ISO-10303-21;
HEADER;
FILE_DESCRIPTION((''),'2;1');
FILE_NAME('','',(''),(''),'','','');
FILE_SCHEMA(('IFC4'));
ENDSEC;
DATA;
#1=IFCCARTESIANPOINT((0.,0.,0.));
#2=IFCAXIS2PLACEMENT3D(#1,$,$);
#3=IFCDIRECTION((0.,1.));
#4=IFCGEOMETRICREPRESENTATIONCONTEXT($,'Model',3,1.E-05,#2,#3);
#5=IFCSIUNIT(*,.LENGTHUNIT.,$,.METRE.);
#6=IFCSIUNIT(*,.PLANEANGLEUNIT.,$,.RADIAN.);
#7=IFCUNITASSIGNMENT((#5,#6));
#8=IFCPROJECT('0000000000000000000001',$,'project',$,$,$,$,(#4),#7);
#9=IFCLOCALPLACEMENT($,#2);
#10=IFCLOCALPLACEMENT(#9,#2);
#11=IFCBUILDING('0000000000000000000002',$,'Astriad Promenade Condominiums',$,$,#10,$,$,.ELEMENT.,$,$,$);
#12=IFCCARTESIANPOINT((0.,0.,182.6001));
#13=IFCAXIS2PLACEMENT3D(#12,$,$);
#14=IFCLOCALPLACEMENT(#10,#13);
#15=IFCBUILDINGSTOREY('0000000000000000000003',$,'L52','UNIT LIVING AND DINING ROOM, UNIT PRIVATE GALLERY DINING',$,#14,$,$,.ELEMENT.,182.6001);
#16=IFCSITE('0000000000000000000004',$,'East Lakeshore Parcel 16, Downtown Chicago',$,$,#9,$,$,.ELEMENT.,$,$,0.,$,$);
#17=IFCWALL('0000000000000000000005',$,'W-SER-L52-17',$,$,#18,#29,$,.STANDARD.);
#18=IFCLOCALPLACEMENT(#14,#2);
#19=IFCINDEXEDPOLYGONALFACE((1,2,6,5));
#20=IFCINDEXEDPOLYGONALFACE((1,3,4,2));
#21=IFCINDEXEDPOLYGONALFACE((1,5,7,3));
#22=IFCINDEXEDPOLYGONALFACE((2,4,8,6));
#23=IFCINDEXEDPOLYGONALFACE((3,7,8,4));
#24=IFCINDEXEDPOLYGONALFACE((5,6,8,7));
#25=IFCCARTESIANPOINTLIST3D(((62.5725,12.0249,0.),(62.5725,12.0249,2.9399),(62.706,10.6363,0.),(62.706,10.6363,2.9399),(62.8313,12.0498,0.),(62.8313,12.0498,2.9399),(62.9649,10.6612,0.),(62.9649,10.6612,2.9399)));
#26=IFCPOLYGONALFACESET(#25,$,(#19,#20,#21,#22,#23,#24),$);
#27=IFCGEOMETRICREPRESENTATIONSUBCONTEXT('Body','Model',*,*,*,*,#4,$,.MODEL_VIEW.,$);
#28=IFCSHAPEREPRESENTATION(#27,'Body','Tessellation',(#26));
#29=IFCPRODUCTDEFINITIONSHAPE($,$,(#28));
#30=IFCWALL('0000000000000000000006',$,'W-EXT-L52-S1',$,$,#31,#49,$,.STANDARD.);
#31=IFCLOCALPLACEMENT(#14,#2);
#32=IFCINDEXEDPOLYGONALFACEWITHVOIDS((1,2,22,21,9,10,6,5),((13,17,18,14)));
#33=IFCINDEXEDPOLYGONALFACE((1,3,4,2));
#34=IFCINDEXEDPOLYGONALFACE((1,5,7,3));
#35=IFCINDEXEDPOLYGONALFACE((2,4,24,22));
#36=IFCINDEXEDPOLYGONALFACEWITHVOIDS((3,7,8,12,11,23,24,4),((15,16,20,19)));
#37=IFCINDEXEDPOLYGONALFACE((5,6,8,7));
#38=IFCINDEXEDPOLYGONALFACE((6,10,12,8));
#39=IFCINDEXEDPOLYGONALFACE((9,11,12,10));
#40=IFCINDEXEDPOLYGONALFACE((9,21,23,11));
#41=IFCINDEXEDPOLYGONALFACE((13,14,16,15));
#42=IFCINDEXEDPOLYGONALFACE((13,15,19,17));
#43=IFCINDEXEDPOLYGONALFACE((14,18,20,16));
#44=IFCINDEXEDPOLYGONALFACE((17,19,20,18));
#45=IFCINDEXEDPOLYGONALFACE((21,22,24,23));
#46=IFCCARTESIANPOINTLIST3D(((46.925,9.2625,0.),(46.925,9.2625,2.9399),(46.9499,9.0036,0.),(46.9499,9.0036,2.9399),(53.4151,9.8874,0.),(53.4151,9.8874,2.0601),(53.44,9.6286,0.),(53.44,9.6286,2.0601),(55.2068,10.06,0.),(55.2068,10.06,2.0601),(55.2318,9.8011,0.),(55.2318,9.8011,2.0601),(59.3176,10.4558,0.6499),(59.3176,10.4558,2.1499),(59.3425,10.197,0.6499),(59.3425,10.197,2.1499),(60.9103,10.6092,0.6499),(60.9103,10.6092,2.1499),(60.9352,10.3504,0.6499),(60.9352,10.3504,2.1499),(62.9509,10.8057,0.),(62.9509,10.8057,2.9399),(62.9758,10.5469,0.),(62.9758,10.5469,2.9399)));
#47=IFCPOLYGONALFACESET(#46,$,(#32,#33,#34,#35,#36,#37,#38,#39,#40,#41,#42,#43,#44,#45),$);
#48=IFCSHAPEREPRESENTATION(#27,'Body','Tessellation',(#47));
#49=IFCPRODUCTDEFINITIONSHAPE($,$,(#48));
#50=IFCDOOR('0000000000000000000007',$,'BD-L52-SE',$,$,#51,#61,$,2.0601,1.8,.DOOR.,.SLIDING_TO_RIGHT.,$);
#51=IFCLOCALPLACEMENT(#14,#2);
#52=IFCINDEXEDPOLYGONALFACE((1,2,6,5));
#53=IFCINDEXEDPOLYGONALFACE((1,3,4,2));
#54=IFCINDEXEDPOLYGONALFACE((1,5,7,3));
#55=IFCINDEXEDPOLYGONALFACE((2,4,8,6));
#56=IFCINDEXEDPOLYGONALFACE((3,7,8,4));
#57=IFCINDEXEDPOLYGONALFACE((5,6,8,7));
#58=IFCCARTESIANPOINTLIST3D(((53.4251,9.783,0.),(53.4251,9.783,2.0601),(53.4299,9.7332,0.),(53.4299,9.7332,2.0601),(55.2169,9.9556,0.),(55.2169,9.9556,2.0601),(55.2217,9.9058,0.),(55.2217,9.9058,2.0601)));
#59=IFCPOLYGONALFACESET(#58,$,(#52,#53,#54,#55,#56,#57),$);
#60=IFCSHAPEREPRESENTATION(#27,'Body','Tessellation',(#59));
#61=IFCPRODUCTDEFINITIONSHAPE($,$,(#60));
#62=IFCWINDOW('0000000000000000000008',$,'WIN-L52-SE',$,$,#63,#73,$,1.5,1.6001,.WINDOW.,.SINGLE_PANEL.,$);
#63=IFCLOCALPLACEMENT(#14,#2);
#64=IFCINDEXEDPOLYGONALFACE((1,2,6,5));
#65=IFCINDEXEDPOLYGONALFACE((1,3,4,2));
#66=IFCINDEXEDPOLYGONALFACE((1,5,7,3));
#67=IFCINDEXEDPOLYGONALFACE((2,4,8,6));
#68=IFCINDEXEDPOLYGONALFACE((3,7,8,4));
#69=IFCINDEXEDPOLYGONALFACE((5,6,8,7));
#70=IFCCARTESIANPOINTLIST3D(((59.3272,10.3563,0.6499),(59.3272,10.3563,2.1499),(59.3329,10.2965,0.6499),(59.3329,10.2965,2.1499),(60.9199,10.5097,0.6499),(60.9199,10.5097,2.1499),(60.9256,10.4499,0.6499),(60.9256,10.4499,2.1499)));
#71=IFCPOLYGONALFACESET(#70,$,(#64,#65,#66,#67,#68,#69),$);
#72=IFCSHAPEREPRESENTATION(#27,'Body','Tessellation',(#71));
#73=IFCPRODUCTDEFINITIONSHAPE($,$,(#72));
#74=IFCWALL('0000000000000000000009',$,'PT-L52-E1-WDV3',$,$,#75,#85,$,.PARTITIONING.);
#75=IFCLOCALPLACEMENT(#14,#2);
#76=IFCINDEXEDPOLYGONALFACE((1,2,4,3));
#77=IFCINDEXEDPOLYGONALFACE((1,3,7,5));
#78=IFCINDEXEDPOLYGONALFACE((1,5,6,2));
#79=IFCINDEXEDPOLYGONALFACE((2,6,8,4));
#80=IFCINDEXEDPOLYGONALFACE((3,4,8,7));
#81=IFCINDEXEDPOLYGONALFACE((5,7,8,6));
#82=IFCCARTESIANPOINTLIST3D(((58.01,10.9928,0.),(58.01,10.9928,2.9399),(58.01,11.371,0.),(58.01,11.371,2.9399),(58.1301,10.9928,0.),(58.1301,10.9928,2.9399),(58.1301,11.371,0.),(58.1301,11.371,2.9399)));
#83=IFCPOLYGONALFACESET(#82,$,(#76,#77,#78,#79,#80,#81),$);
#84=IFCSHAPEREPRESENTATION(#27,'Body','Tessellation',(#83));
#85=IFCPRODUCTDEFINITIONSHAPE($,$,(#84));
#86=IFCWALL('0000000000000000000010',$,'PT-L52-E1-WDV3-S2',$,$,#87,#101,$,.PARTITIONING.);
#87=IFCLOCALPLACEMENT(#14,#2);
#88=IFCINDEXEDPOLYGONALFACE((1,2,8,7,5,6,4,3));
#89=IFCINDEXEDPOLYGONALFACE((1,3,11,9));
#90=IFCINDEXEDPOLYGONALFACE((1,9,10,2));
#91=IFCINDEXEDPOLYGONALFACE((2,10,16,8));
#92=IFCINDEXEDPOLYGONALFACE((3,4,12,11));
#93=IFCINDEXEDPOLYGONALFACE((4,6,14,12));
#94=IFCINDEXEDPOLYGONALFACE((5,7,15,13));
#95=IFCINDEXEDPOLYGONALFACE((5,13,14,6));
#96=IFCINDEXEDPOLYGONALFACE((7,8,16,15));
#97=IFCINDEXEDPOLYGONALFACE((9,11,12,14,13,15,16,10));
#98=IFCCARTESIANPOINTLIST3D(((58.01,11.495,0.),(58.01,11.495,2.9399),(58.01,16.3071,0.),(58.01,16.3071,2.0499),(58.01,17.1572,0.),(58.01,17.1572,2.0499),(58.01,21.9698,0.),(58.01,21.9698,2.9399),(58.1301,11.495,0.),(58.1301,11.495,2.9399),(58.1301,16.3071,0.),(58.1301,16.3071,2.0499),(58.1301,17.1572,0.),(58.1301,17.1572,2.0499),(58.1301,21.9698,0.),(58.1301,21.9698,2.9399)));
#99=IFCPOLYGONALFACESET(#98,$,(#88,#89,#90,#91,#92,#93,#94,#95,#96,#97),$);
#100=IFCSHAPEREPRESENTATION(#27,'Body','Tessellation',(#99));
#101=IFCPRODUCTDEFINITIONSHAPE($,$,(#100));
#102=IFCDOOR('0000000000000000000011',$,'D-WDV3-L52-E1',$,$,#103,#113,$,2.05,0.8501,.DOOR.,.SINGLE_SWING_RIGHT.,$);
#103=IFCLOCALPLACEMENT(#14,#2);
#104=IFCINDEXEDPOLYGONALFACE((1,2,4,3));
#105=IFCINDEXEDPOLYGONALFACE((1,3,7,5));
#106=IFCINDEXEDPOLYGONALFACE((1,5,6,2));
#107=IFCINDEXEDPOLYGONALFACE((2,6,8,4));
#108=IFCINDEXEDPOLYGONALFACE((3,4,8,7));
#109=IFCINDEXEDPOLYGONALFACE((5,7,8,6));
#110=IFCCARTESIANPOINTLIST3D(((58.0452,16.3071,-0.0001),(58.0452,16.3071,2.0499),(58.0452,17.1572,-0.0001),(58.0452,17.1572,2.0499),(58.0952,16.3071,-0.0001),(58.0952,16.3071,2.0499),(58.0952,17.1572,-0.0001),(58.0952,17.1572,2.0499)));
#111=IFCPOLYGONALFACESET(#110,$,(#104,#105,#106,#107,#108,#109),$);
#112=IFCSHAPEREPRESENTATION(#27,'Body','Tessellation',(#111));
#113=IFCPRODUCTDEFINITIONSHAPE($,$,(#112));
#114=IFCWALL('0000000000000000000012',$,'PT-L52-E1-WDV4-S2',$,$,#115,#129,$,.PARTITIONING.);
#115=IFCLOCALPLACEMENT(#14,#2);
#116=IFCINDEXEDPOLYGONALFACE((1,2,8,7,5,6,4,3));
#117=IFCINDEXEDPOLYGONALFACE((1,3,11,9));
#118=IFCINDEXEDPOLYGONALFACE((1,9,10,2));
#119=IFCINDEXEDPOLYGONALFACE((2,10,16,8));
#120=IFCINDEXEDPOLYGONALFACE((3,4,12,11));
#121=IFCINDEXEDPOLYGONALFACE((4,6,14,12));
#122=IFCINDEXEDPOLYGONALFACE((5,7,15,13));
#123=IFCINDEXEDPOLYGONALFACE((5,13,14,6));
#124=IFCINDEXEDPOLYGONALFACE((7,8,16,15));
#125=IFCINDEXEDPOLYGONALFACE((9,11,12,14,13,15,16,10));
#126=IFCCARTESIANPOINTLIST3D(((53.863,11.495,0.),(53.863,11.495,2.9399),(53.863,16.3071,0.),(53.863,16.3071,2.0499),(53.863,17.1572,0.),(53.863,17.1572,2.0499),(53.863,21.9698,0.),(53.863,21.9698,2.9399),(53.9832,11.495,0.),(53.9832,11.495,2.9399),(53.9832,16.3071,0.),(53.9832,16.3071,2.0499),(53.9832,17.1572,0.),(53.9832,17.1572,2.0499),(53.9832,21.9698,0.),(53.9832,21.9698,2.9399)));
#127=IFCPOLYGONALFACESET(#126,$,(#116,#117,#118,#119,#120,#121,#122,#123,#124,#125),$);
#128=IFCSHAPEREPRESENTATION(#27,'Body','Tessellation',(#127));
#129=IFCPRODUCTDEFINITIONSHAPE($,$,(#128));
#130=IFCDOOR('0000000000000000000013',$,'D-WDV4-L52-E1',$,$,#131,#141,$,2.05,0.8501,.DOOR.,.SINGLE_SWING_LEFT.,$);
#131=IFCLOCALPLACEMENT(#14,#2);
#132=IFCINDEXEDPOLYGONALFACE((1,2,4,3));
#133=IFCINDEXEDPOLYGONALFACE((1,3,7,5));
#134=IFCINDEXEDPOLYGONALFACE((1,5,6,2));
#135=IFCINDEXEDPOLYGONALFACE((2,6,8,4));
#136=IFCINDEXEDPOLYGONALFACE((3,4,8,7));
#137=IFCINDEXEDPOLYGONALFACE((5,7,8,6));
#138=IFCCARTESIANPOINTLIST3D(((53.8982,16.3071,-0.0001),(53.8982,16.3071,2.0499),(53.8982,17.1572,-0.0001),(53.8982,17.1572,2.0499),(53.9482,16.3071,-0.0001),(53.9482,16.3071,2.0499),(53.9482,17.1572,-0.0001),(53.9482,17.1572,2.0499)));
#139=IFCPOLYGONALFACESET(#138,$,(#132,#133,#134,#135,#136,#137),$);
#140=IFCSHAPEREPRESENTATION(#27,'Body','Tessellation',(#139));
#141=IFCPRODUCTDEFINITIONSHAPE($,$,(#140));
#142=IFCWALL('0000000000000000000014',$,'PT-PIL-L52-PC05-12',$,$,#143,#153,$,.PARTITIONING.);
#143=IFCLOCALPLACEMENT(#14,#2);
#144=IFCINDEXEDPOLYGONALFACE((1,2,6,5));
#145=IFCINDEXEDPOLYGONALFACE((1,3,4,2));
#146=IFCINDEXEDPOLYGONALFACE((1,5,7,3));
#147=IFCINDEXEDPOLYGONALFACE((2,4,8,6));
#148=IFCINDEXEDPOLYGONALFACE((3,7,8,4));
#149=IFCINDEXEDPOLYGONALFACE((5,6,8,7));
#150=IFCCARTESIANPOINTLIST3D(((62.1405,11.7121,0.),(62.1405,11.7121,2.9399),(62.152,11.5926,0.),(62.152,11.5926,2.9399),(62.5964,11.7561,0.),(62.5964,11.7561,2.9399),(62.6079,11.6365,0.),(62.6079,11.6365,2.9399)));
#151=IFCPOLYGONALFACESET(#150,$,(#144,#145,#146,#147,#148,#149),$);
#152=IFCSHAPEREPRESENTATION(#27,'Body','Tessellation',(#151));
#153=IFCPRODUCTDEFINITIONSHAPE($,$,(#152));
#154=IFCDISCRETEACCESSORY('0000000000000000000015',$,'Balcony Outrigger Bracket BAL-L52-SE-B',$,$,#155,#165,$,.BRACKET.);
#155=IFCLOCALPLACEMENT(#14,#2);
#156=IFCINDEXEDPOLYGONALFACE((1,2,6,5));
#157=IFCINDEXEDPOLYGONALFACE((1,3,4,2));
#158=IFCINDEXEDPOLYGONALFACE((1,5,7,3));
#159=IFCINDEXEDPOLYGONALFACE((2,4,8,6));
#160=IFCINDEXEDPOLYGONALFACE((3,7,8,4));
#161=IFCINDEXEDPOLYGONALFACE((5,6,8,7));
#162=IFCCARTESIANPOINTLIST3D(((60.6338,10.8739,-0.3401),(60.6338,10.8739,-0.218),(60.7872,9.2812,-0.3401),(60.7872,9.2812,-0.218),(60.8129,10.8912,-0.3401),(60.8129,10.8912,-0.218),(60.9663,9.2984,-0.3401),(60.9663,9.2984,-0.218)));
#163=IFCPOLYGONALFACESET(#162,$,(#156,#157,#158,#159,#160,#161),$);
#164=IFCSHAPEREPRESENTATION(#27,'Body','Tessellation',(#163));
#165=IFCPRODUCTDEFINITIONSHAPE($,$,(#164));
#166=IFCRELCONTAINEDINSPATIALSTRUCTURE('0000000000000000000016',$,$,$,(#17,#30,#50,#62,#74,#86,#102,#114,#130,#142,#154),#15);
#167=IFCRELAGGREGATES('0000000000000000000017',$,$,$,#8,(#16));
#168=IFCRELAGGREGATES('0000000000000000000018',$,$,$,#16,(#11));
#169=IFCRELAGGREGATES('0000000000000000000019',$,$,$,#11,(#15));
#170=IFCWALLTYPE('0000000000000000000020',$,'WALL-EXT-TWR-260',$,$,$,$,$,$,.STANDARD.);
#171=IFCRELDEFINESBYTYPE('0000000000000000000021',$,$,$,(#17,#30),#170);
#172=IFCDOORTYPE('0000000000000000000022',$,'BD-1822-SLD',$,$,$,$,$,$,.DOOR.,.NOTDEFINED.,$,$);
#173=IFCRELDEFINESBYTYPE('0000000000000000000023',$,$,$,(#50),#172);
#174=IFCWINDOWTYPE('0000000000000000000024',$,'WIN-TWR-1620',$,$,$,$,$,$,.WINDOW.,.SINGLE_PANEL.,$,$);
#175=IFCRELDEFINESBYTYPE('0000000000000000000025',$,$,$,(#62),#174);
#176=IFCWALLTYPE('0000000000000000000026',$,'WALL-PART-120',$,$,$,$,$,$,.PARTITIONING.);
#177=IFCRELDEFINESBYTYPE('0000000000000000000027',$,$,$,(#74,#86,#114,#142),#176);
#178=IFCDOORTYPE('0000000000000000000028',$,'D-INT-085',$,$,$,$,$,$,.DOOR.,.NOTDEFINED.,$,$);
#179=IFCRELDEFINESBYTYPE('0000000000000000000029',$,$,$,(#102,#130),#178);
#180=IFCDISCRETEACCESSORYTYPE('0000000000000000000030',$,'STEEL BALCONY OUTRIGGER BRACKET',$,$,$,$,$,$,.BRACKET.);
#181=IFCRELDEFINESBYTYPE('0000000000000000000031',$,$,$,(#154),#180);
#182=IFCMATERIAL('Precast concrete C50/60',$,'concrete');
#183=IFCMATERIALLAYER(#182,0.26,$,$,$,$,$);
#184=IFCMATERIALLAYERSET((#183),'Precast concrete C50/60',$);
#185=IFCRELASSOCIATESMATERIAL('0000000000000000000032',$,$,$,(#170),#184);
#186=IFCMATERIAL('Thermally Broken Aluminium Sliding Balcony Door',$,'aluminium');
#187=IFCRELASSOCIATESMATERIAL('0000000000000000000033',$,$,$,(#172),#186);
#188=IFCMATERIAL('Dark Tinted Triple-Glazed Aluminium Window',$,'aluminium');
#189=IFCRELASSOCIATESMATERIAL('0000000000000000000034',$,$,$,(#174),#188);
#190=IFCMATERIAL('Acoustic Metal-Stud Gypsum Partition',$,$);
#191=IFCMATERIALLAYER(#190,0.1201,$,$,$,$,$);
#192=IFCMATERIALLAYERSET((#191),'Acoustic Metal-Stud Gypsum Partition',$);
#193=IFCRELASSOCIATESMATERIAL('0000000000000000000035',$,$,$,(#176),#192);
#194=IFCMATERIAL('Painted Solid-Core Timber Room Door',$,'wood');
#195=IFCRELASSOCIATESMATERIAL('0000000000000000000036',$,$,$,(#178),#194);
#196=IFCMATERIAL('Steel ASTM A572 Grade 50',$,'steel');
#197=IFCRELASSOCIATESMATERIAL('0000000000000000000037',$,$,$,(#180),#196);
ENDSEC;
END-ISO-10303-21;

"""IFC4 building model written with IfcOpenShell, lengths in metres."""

from ifc_helpers import new_model, si_unit, direction, frame, frame_2d, origin, origin_2d, place, context, subcontext, project, spatial, rectangle, extrude, source, transform, mapped, material, layer, layer_set, type_object, type_shapes, element, fill, save


model = new_model("IFC4")

# Units and contexts
model_context = context("Model", 3, precision=1e-05, world=origin(), true_north=direction((0.0, 1.0)))
body_context = subcontext(model_context, "Body", "Model", "MODEL_VIEW")
ifc_project = project(units=[si_unit("LENGTHUNIT", "METRE"), si_unit("PLANEANGLEUNIT", "RADIAN")], contexts=[model_context])

# Site, building, storey
site_placement = place(None, origin())
site = spatial("IfcSite", under=ifc_project, at=site_placement, Name="East Lakeshore Parcel 16, Downtown Chicago", CompositionType="ELEMENT", RefElevation=0.0)
building_placement = place(site_placement, origin())
building = spatial("IfcBuilding", under=site, at=building_placement, Name="Astriad Promenade Condominiums", CompositionType="ELEMENT")
storey_placement = place(building_placement, frame((0.0, 0.0, 182.6001)))
storey = spatial("IfcBuildingStorey", under=building, at=storey_placement, Name="L52", Description="UNIT LIVING AND DINING ROOM, UNIT PRIVATE GALLERY DINING", CompositionType="ELEMENT", Elevation=182.6001)

# Wall
ifc_material_1 = material(Name="Precast concrete C50/60", Category="concrete")
ifc_layer_1 = layer(ifc_material_1, 0.26)
ifc_layer_set_1 = layer_set([ifc_layer_1], Name="Precast concrete C50/60")
wall_type_1 = type_object("IfcWallType", Name="WALL-EXT-TWR-260", PredefinedType="STANDARD", material=ifc_layer_set_1)
for number, where, z_axis, x_axis, name in (
    (1, (62.7019, 12.0374, 0.0), (0.0, 0.0, 1.0), (0.095726, -0.995408, 0.0), "W-SER-L52-17"),
):
    element("IfcWall", number, at=place(storey_placement, frame(where, z_axis=z_axis, x_axis=x_axis)), inside=storey, type_object=wall_type_1, Name=name, PredefinedType="STANDARD", context=body_context, shape_type="SweptSolid", body=[
        extrude(rectangle(XDim=1.395, YDim=0.26, at=frame_2d((0.6975, 0.0))), origin(), (0.0, 0.0, 1.0), 2.9399),
    ])

# Wall, openings, door, window
wall_1_placement = place(storey_placement, frame((62.9634, 10.6763, 0.0), z_axis=(0.0, 0.0, 1.0), x_axis=(-0.995396, -0.095852, 0.0)))
wall_1 = element("IfcWall", 2, at=wall_1_placement, inside=storey, type_object=wall_type_1, Name="W-EXT-L52-S1", PredefinedType="STANDARD", context=body_context, shape_type="SweptSolid", body=[
    extrude(rectangle(XDim=16.1001, YDim=0.26, at=frame_2d((8.05, 0.0))), origin(), (0.0, 0.0, 1.0), 2.9399),
])
opening_1_placement = place(wall_1_placement, frame((7.78, 0.0, 0.0)))
opening_1 = element("IfcOpeningElement", 3, at=opening_1_placement, cuts=wall_1, PredefinedType="OPENING", context=body_context, shape_type="SweptSolid", body=[
    extrude(rectangle(XDim=1.8, YDim=2.0601, at=frame_2d((0.8999, 1.03))), frame((0.0, 0.1399, 0.0), z_axis=(0.0, -1.0, 0.0), x_axis=(1.0, 0.0, 0.0)), (0.0, 0.0, 1.0), 0.28),
])
opening_2_placement = place(wall_1_placement, frame((2.05, 0.0, 0.6499)))
opening_2 = element("IfcOpeningElement", 4, at=opening_2_placement, cuts=wall_1, PredefinedType="OPENING", context=body_context, shape_type="SweptSolid", body=[
    extrude(rectangle(XDim=1.6001, YDim=1.5, at=frame_2d((0.8, 0.75))), frame((0.0, 0.1399, 0.0), z_axis=(0.0, -1.0, 0.0), x_axis=(1.0, 0.0, 0.0)), (0.0, 0.0, 1.0), 0.28),
])
ifc_material_2 = material(Name="Thermally Broken Aluminium Sliding Balcony Door", Category="aluminium")
door_type_1 = type_object("IfcDoorType", Name="BD-1822-SLD", OperationType="NOTDEFINED", PredefinedType="DOOR", material=ifc_material_2)
shared_shape_1 = source(origin(), body_context, "Body", "SweptSolid", [
    extrude(rectangle(XDim=1.8, YDim=2.0601, at=frame_2d((0.8999, 1.03))), frame((0.0, 0.0249, 0.0), z_axis=(0.0, -1.0, 0.0), x_axis=(1.0, 0.0, 0.0)), (0.0, 0.0, 1.0), 0.05),
])
type_shapes(door_type_1, [shared_shape_1])
door_1_placement = place(opening_1_placement, origin())
door_1 = element("IfcDoor", 5, at=door_1_placement, inside=storey, type_object=door_type_1, Name="BD-L52-SE", OperationType="SLIDING_TO_RIGHT", OverallHeight=2.0601, OverallWidth=1.8, PredefinedType="DOOR", context=body_context, shape_type="MappedRepresentation", body=[
    mapped(shared_shape_1, transform((0.0, 0.0, 0.0), scale=1.0)),
])
fill(opening_1, door_1)
ifc_material_3 = material(Name="Dark Tinted Triple-Glazed Aluminium Window", Category="aluminium")
window_type = type_object("IfcWindowType", Name="WIN-TWR-1620", PartitioningType="SINGLE_PANEL", PredefinedType="WINDOW", material=ifc_material_3)
shared_shape_2 = source(origin(), body_context, "Body", "SweptSolid", [
    extrude(rectangle(XDim=1.6001, YDim=1.5, at=frame_2d((0.8, 0.75))), frame((0.0, 0.03, 0.0), z_axis=(0.0, -1.0, 0.0), x_axis=(1.0, 0.0, 0.0)), (0.0, 0.0, 1.0), 0.0601),
])
type_shapes(window_type, [shared_shape_2])
window_placement = place(opening_2_placement, origin())
window = element("IfcWindow", 6, at=window_placement, inside=storey, type_object=window_type, Name="WIN-L52-SE", OverallHeight=1.5, OverallWidth=1.6001, PartitioningType="SINGLE_PANEL", PredefinedType="WINDOW", context=body_context, shape_type="MappedRepresentation", body=[
    mapped(shared_shape_2, transform((0.0, 0.0, 0.0), scale=1.0)),
])
fill(opening_2, window)

# Wall
ifc_material_4 = material(Name="Acoustic Metal-Stud Gypsum Partition")
ifc_layer_2 = layer(ifc_material_4, 0.1201)
ifc_layer_set_2 = layer_set([ifc_layer_2], Name="Acoustic Metal-Stud Gypsum Partition")
wall_type_2 = type_object("IfcWallType", Name="WALL-PART-120", PredefinedType="PARTITIONING", material=ifc_layer_set_2)
wall_2_placement = place(storey_placement, frame((58.0701, 10.9929, 0.0), z_axis=(0.0, 0.0, 1.0), x_axis=(0.0, 1.0, 0.0)))
element("IfcWall", 7, at=wall_2_placement, inside=storey, type_object=wall_type_2, Name="PT-L52-E1-WDV3", PredefinedType="PARTITIONING", context=body_context, shape_type="SweptSolid", body=[
    extrude(rectangle(XDim=0.3782, YDim=0.1201, at=frame_2d((0.189, 0.0))), origin(), (0.0, 0.0, 1.0), 2.9399),
])

# Walls, openings, doors
wall_3_placement = place(storey_placement, frame((58.0701, 11.4951, 0.0), z_axis=(0.0, 0.0, 1.0), x_axis=(0.0, 1.0, 0.0)))
wall_3 = element("IfcWall", 8, at=wall_3_placement, inside=storey, type_object=wall_type_2, Name="PT-L52-E1-WDV3-S2", PredefinedType="PARTITIONING", context=body_context, shape_type="SweptSolid", body=[
    extrude(rectangle(XDim=10.4749, YDim=0.1201, at=frame_2d((5.2373, 0.0))), origin(), (0.0, 0.0, 1.0), 2.9399),
])
opening_3_placement = place(wall_3_placement, frame((4.812, 0.0, 0.0)))
opening_3 = element("IfcOpeningElement", 9, at=opening_3_placement, cuts=wall_3, PredefinedType="OPENING", context=body_context, shape_type="SweptSolid", body=[
    extrude(rectangle(XDim=0.8501, YDim=2.05, at=frame_2d((0.425, 1.0249))), frame((0.0, 0.0701, 0.0), z_axis=(0.0, -1.0, 0.0), x_axis=(1.0, 0.0, 0.0)), (0.0, 0.0, 1.0), 0.1401),
])
ifc_material_5 = material(Name="Painted Solid-Core Timber Room Door", Category="wood")
door_type_2 = type_object("IfcDoorType", Name="D-INT-085", OperationType="NOTDEFINED", PredefinedType="DOOR", material=ifc_material_5)
shared_shape_3 = source(origin(), body_context, "Body", "SweptSolid", [
    extrude(rectangle(XDim=0.8501, YDim=2.05, at=frame_2d((0.425, 1.0249))), frame((0.0, 0.0249, 0.0), z_axis=(0.0, -1.0, 0.0), x_axis=(1.0, 0.0, 0.0)), (0.0, 0.0, 1.0), 0.05),
])
type_shapes(door_type_2, [shared_shape_3])
door_2_placement = place(opening_3_placement, origin())
door_2 = element("IfcDoor", 10, at=door_2_placement, inside=storey, type_object=door_type_2, Name="D-WDV3-L52-E1", OperationType="SINGLE_SWING_RIGHT", OverallHeight=2.05, OverallWidth=0.8501, PredefinedType="DOOR", context=body_context, shape_type="MappedRepresentation", body=[
    mapped(shared_shape_3, transform((0.0, 0.0, 0.0), scale=1.0)),
])
fill(opening_3, door_2)
wall_4_placement = place(storey_placement, frame((53.9231, 11.4951, 0.0), z_axis=(0.0, 0.0, 1.0), x_axis=(0.0, 1.0, 0.0)))
wall_4 = element("IfcWall", 11, at=wall_4_placement, inside=storey, type_object=wall_type_2, Name="PT-L52-E1-WDV4-S2", PredefinedType="PARTITIONING", context=body_context, shape_type="SweptSolid", body=[
    extrude(rectangle(XDim=10.4749, YDim=0.1201, at=frame_2d((5.2373, 0.0))), origin(), (0.0, 0.0, 1.0), 2.9399),
])
opening_4_placement = place(wall_4_placement, frame((4.812, 0.0, 0.0)))
opening_4 = element("IfcOpeningElement", 12, at=opening_4_placement, cuts=wall_4, PredefinedType="OPENING", context=body_context, shape_type="SweptSolid", body=[
    extrude(rectangle(XDim=0.8501, YDim=2.05, at=frame_2d((0.425, 1.0249))), frame((0.0, 0.0701, 0.0), z_axis=(0.0, -1.0, 0.0), x_axis=(1.0, 0.0, 0.0)), (0.0, 0.0, 1.0), 0.1401),
])
door_3_placement = place(opening_4_placement, origin())
door_3 = element("IfcDoor", 13, at=door_3_placement, inside=storey, type_object=door_type_2, Name="D-WDV4-L52-E1", OperationType="SINGLE_SWING_LEFT", OverallHeight=2.05, OverallWidth=0.8501, PredefinedType="DOOR", context=body_context, shape_type="MappedRepresentation", body=[
    mapped(shared_shape_3, transform((0.0, 0.0, 0.0), scale=1.0)),
])
fill(opening_4, door_3)

# Wall
wall_5_placement = place(storey_placement, frame((62.1462, 11.6523, 0.0), z_axis=(0.0, 0.0, 1.0), x_axis=(0.995385, 0.095966, 0.0)))
element("IfcWall", 14, at=wall_5_placement, inside=storey, type_object=wall_type_2, Name="PT-PIL-L52-PC05-12", PredefinedType="PARTITIONING", context=body_context, shape_type="SweptSolid", body=[
    extrude(rectangle(XDim=0.458, YDim=0.1201, at=frame_2d((0.229, 0.0))), origin(), (0.0, 0.0, 1.0), 2.9399),
])

# Discrete accessory
ifc_material_6 = material(Name="Steel ASTM A572 Grade 50", Category="steel")
discrete_accessory_type = type_object("IfcDiscreteAccessoryType", Name="STEEL BALCONY OUTRIGGER BRACKET", PredefinedType="BRACKET", material=ifc_material_6)
shared_shape_4 = source(origin(), body_context, "Body", "SweptSolid", [
    extrude(rectangle(XDim=1.6001, YDim=0.1799, at=origin_2d()), origin(), (0.0, 0.0, 1.0), 0.1221),
])
type_shapes(discrete_accessory_type, [shared_shape_4])
discrete_accessory_placement = place(storey_placement, frame((60.8, 10.0862, -0.3401), z_axis=(0.0, 0.0, 1.0), x_axis=(0.095846, -0.995396, 0.0)))
element("IfcDiscreteAccessory", 15, at=discrete_accessory_placement, inside=storey, type_object=discrete_accessory_type, Name="Balcony Outrigger Bracket BAL-L52-SE-B", PredefinedType="BRACKET", context=body_context, shape_type="MappedRepresentation", body=[
    mapped(shared_shape_4, transform((0.0, 0.0, 0.0), scale=1.0)),
])

save(model, "model.ifc")
